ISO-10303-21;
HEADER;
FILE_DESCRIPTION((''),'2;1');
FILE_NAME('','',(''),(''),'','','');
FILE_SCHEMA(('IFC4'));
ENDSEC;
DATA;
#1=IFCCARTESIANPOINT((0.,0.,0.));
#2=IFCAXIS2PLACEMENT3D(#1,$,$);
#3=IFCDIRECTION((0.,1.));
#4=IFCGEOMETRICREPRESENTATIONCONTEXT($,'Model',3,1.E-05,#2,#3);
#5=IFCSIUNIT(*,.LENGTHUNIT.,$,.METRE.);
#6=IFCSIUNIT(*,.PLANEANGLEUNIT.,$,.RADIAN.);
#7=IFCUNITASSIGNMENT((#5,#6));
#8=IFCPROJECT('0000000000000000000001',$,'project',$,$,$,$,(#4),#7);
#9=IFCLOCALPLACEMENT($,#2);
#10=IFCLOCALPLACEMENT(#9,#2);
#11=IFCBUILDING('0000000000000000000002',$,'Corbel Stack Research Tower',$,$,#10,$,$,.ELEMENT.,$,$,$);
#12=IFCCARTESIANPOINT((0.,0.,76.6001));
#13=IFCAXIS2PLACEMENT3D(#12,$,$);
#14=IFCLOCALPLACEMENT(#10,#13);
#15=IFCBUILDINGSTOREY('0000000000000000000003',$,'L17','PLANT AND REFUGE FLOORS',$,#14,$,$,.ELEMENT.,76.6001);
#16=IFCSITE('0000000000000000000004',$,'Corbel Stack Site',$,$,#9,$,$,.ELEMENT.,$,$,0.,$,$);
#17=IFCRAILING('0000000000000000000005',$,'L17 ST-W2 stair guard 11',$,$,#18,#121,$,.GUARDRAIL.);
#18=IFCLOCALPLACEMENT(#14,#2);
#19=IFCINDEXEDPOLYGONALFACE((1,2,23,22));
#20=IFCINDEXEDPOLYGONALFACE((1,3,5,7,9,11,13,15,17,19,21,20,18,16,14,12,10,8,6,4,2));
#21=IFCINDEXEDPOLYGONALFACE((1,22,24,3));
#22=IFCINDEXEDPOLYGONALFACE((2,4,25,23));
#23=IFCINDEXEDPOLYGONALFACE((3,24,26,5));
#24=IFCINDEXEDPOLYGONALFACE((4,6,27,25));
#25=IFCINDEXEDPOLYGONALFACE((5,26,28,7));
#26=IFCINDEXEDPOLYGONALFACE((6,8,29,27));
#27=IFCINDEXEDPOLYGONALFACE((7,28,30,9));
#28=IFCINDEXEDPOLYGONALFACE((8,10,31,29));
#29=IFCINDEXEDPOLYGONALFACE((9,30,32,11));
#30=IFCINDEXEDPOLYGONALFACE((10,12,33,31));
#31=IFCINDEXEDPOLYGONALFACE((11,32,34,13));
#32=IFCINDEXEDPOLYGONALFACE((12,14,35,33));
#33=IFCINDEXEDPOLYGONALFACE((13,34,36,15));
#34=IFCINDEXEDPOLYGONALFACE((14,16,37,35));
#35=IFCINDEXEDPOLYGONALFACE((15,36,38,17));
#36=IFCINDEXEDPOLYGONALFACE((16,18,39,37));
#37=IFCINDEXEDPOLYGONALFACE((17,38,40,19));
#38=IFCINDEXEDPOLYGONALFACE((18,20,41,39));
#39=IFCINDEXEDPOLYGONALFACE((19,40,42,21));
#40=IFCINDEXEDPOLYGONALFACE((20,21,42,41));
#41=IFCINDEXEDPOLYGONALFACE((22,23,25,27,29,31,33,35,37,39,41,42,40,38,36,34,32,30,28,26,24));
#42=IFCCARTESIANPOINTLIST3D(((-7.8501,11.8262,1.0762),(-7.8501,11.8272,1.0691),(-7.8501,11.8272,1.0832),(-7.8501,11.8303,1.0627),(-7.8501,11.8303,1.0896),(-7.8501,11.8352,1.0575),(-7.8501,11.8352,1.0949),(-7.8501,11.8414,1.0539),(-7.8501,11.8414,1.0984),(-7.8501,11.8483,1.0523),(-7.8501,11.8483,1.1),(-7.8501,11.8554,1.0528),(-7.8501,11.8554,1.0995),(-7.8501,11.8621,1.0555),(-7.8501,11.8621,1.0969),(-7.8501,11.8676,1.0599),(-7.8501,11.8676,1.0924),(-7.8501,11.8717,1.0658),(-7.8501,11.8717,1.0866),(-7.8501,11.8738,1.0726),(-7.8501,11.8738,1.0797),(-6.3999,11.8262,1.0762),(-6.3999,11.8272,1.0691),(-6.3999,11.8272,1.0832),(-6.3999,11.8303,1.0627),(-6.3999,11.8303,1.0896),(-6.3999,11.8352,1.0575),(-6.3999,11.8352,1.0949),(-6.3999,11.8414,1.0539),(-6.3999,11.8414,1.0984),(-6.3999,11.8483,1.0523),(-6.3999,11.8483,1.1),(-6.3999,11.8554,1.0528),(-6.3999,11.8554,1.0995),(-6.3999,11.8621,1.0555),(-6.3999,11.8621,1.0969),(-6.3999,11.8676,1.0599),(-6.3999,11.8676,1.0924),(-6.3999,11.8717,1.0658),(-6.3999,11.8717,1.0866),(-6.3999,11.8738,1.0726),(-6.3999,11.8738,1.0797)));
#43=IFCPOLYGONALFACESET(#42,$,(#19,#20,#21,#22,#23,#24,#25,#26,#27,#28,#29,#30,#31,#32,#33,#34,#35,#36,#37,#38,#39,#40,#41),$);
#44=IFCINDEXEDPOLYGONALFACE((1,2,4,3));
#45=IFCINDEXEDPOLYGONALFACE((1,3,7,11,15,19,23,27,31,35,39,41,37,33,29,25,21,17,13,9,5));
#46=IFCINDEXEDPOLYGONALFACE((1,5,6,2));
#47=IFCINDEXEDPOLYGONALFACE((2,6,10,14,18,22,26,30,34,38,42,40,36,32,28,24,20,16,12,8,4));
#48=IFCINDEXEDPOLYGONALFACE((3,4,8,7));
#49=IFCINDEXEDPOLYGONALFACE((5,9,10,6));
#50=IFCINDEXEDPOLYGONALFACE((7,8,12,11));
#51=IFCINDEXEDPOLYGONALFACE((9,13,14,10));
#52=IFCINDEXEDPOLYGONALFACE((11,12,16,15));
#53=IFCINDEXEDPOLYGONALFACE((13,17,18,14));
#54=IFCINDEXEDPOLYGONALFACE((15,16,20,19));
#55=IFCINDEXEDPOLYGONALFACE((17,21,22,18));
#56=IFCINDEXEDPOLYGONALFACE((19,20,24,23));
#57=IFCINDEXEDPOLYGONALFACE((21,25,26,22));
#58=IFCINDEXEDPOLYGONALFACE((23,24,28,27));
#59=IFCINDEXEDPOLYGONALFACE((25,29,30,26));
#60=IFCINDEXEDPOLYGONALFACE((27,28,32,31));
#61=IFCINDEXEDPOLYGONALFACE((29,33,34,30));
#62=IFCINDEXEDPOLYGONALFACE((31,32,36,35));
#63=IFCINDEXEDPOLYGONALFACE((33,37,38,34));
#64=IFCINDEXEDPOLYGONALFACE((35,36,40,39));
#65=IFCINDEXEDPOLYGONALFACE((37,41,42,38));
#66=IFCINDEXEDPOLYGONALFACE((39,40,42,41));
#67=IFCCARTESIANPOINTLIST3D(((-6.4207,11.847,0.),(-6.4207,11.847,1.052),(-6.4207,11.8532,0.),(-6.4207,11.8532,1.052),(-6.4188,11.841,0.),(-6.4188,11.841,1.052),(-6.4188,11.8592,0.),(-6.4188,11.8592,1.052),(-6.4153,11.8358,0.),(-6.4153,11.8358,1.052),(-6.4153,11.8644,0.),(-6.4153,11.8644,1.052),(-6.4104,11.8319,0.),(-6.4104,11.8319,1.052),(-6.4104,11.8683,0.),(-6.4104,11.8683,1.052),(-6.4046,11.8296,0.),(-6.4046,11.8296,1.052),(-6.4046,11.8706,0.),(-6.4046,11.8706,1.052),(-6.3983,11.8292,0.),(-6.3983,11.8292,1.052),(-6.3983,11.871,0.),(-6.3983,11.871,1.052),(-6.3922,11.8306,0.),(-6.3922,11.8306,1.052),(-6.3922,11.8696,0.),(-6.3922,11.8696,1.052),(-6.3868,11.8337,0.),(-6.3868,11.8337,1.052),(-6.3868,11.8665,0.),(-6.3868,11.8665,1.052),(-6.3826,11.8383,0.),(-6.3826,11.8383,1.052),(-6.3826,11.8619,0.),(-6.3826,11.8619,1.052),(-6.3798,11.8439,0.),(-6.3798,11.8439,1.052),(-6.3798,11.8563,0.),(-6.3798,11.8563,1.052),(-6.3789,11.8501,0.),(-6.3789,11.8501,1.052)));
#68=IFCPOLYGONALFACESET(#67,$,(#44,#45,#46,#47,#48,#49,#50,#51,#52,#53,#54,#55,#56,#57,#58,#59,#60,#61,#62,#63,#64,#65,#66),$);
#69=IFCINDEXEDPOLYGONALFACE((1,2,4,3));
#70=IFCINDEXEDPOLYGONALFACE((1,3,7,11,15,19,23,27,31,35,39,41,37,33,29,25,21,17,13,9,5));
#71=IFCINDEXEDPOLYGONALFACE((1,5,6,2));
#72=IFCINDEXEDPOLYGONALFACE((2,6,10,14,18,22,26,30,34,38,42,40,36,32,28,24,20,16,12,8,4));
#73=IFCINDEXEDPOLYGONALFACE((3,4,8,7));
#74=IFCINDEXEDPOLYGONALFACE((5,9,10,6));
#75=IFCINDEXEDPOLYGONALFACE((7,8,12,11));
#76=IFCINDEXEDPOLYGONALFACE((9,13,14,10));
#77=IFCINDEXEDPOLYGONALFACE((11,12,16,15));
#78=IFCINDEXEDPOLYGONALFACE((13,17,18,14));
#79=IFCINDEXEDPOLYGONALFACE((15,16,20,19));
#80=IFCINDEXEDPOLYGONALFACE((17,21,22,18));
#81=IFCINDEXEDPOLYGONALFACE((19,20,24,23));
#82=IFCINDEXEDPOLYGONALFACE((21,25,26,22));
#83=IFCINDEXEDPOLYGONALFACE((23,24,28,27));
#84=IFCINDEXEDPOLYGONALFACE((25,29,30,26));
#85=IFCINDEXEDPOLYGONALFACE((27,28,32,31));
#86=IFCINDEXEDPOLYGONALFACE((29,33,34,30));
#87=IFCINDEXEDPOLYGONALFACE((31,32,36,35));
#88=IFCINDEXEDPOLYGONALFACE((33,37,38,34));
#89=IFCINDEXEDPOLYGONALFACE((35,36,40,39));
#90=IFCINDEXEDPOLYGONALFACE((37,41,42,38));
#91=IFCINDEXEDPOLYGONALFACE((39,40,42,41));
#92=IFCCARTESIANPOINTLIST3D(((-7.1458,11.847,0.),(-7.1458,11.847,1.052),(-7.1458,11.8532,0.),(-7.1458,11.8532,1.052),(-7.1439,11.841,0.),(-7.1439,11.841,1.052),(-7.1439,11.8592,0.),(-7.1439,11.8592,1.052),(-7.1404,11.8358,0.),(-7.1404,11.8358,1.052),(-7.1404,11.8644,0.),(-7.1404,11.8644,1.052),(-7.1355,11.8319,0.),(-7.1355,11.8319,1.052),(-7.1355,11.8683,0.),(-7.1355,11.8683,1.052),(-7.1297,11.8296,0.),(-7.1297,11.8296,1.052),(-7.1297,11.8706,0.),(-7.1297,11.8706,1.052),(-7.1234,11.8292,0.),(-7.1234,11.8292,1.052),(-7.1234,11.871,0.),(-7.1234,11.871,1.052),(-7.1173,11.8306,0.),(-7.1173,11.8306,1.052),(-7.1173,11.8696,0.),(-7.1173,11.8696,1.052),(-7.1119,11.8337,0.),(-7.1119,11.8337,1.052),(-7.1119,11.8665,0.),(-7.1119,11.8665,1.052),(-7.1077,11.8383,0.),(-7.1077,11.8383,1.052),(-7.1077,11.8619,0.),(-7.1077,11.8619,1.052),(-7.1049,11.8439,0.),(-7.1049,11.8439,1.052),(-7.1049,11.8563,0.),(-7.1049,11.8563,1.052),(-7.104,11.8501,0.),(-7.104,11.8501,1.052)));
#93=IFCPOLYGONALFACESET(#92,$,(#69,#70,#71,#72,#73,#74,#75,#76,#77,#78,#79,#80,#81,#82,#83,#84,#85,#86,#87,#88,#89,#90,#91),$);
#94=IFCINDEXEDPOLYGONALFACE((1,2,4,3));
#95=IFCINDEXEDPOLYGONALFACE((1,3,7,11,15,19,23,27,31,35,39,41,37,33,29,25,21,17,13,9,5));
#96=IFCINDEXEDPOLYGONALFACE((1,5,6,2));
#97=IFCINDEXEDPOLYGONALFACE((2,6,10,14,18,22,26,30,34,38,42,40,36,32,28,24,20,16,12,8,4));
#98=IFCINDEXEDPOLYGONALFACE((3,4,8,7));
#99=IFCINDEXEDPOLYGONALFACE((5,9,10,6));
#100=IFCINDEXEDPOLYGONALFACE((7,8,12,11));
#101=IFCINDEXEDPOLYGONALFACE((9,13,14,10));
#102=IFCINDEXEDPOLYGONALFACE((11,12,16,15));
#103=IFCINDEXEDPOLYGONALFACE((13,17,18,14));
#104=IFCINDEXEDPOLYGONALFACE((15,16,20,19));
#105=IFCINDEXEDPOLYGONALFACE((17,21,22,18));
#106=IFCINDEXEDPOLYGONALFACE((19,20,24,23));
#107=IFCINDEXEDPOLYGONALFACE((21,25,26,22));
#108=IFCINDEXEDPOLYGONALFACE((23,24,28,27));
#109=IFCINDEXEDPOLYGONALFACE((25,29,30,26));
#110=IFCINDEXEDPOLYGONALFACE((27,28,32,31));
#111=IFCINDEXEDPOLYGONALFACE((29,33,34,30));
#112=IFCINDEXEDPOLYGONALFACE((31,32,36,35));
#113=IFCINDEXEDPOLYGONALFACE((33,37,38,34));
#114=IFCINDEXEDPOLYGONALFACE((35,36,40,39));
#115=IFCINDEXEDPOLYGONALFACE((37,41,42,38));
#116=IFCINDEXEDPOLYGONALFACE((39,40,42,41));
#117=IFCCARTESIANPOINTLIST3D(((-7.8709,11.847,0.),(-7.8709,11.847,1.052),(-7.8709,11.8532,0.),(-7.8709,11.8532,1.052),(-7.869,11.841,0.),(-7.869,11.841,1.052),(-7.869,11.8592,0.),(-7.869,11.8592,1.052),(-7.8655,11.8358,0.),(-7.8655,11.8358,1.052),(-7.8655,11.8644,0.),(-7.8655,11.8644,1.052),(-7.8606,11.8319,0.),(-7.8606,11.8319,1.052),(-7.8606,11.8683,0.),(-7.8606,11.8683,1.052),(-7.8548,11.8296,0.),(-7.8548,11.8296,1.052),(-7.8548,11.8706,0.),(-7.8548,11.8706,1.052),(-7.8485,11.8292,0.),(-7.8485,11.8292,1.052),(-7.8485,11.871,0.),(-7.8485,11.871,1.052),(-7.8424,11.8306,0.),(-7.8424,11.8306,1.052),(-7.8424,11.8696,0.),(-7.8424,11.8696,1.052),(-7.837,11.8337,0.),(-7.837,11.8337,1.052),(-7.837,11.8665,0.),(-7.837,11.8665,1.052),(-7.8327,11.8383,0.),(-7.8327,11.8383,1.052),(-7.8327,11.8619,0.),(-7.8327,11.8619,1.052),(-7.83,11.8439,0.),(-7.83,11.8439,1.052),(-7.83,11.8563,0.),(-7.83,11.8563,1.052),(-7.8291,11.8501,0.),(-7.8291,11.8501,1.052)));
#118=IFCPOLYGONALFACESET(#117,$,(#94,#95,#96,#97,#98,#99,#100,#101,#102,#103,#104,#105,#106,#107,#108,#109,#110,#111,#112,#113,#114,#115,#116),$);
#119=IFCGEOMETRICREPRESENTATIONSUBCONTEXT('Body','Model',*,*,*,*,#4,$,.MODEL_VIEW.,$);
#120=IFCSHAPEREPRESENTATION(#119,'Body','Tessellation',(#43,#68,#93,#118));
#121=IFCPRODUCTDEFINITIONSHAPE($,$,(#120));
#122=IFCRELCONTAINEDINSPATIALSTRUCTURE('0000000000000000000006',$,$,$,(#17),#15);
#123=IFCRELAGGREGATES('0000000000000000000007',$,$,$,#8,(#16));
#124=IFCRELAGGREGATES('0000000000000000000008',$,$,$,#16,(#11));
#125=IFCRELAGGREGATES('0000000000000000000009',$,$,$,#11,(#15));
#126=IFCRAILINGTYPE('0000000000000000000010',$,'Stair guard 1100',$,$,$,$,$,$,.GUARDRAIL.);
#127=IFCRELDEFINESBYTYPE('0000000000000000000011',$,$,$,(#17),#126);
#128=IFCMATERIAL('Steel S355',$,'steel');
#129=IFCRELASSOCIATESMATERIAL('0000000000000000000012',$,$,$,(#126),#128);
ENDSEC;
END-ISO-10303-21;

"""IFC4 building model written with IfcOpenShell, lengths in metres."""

from ifc_helpers import new_model, si_unit, direction, frame, origin, origin_2d, place, context, subcontext, project, spatial, circle, extrude, material, type_object, element, save


model = new_model("IFC4")

# Units and contexts
model_context = context("Model", 3, precision=1e-05, world=origin(), true_north=direction((0.0, 1.0)))
body_context = subcontext(model_context, "Body", "Model", "MODEL_VIEW")
ifc_project = project(units=[si_unit("LENGTHUNIT", "METRE"), si_unit("PLANEANGLEUNIT", "RADIAN")], contexts=[model_context])

# Site, building, storey
site_placement = place(None, origin())
site = spatial("IfcSite", under=ifc_project, at=site_placement, Name="Corbel Stack Site", CompositionType="ELEMENT", RefElevation=0.0)
building_placement = place(site_placement, origin())
building = spatial("IfcBuilding", under=site, at=building_placement, Name="Corbel Stack Research Tower", CompositionType="ELEMENT")
storey_placement = place(building_placement, frame((0.0, 0.0, 76.6001)))
storey = spatial("IfcBuildingStorey", under=building, at=storey_placement, Name="L17", Description="PLANT AND REFUGE FLOORS", CompositionType="ELEMENT", Elevation=76.6001)

# Railing
ifc_material_1 = material(Name="Steel S355", Category="steel")
railing_type_1 = type_object("IfcRailingType", Name="Stair guard 1100", PredefinedType="GUARDRAIL", material=ifc_material_1)
railing_1_placement = place(storey_placement, frame((-6.3999, 11.8501, 0.0)))
element("IfcRailing", 1, at=railing_1_placement, inside=storey, type_object=railing_type_1, Name="L17 ST-W2 stair guard 11", PredefinedType="GUARDRAIL", context=body_context, shape_type="SweptSolid", body=[
    extrude(circle(Radius=0.0239, at=origin_2d()), frame((0.0, 0.0, 1.0762), z_axis=(-1.0, 0.0, 0.0), x_axis=(0.0, -1.0, 0.0)), (0.0, 0.0, 1.0), 1.4502),
    extrude(circle(Radius=0.021, at=origin_2d()), origin(), (0.0, 0.0, 1.0), 1.052),
    extrude(circle(Radius=0.021, at=origin_2d()), frame((-0.7251, 0.0, 0.0)), (0.0, 0.0, 1.0), 1.052),
    extrude(circle(Radius=0.021, at=origin_2d()), frame((-1.4502, 0.0, 0.0)), (0.0, 0.0, 1.0), 1.052),
])

save(model, "model.ifc")
